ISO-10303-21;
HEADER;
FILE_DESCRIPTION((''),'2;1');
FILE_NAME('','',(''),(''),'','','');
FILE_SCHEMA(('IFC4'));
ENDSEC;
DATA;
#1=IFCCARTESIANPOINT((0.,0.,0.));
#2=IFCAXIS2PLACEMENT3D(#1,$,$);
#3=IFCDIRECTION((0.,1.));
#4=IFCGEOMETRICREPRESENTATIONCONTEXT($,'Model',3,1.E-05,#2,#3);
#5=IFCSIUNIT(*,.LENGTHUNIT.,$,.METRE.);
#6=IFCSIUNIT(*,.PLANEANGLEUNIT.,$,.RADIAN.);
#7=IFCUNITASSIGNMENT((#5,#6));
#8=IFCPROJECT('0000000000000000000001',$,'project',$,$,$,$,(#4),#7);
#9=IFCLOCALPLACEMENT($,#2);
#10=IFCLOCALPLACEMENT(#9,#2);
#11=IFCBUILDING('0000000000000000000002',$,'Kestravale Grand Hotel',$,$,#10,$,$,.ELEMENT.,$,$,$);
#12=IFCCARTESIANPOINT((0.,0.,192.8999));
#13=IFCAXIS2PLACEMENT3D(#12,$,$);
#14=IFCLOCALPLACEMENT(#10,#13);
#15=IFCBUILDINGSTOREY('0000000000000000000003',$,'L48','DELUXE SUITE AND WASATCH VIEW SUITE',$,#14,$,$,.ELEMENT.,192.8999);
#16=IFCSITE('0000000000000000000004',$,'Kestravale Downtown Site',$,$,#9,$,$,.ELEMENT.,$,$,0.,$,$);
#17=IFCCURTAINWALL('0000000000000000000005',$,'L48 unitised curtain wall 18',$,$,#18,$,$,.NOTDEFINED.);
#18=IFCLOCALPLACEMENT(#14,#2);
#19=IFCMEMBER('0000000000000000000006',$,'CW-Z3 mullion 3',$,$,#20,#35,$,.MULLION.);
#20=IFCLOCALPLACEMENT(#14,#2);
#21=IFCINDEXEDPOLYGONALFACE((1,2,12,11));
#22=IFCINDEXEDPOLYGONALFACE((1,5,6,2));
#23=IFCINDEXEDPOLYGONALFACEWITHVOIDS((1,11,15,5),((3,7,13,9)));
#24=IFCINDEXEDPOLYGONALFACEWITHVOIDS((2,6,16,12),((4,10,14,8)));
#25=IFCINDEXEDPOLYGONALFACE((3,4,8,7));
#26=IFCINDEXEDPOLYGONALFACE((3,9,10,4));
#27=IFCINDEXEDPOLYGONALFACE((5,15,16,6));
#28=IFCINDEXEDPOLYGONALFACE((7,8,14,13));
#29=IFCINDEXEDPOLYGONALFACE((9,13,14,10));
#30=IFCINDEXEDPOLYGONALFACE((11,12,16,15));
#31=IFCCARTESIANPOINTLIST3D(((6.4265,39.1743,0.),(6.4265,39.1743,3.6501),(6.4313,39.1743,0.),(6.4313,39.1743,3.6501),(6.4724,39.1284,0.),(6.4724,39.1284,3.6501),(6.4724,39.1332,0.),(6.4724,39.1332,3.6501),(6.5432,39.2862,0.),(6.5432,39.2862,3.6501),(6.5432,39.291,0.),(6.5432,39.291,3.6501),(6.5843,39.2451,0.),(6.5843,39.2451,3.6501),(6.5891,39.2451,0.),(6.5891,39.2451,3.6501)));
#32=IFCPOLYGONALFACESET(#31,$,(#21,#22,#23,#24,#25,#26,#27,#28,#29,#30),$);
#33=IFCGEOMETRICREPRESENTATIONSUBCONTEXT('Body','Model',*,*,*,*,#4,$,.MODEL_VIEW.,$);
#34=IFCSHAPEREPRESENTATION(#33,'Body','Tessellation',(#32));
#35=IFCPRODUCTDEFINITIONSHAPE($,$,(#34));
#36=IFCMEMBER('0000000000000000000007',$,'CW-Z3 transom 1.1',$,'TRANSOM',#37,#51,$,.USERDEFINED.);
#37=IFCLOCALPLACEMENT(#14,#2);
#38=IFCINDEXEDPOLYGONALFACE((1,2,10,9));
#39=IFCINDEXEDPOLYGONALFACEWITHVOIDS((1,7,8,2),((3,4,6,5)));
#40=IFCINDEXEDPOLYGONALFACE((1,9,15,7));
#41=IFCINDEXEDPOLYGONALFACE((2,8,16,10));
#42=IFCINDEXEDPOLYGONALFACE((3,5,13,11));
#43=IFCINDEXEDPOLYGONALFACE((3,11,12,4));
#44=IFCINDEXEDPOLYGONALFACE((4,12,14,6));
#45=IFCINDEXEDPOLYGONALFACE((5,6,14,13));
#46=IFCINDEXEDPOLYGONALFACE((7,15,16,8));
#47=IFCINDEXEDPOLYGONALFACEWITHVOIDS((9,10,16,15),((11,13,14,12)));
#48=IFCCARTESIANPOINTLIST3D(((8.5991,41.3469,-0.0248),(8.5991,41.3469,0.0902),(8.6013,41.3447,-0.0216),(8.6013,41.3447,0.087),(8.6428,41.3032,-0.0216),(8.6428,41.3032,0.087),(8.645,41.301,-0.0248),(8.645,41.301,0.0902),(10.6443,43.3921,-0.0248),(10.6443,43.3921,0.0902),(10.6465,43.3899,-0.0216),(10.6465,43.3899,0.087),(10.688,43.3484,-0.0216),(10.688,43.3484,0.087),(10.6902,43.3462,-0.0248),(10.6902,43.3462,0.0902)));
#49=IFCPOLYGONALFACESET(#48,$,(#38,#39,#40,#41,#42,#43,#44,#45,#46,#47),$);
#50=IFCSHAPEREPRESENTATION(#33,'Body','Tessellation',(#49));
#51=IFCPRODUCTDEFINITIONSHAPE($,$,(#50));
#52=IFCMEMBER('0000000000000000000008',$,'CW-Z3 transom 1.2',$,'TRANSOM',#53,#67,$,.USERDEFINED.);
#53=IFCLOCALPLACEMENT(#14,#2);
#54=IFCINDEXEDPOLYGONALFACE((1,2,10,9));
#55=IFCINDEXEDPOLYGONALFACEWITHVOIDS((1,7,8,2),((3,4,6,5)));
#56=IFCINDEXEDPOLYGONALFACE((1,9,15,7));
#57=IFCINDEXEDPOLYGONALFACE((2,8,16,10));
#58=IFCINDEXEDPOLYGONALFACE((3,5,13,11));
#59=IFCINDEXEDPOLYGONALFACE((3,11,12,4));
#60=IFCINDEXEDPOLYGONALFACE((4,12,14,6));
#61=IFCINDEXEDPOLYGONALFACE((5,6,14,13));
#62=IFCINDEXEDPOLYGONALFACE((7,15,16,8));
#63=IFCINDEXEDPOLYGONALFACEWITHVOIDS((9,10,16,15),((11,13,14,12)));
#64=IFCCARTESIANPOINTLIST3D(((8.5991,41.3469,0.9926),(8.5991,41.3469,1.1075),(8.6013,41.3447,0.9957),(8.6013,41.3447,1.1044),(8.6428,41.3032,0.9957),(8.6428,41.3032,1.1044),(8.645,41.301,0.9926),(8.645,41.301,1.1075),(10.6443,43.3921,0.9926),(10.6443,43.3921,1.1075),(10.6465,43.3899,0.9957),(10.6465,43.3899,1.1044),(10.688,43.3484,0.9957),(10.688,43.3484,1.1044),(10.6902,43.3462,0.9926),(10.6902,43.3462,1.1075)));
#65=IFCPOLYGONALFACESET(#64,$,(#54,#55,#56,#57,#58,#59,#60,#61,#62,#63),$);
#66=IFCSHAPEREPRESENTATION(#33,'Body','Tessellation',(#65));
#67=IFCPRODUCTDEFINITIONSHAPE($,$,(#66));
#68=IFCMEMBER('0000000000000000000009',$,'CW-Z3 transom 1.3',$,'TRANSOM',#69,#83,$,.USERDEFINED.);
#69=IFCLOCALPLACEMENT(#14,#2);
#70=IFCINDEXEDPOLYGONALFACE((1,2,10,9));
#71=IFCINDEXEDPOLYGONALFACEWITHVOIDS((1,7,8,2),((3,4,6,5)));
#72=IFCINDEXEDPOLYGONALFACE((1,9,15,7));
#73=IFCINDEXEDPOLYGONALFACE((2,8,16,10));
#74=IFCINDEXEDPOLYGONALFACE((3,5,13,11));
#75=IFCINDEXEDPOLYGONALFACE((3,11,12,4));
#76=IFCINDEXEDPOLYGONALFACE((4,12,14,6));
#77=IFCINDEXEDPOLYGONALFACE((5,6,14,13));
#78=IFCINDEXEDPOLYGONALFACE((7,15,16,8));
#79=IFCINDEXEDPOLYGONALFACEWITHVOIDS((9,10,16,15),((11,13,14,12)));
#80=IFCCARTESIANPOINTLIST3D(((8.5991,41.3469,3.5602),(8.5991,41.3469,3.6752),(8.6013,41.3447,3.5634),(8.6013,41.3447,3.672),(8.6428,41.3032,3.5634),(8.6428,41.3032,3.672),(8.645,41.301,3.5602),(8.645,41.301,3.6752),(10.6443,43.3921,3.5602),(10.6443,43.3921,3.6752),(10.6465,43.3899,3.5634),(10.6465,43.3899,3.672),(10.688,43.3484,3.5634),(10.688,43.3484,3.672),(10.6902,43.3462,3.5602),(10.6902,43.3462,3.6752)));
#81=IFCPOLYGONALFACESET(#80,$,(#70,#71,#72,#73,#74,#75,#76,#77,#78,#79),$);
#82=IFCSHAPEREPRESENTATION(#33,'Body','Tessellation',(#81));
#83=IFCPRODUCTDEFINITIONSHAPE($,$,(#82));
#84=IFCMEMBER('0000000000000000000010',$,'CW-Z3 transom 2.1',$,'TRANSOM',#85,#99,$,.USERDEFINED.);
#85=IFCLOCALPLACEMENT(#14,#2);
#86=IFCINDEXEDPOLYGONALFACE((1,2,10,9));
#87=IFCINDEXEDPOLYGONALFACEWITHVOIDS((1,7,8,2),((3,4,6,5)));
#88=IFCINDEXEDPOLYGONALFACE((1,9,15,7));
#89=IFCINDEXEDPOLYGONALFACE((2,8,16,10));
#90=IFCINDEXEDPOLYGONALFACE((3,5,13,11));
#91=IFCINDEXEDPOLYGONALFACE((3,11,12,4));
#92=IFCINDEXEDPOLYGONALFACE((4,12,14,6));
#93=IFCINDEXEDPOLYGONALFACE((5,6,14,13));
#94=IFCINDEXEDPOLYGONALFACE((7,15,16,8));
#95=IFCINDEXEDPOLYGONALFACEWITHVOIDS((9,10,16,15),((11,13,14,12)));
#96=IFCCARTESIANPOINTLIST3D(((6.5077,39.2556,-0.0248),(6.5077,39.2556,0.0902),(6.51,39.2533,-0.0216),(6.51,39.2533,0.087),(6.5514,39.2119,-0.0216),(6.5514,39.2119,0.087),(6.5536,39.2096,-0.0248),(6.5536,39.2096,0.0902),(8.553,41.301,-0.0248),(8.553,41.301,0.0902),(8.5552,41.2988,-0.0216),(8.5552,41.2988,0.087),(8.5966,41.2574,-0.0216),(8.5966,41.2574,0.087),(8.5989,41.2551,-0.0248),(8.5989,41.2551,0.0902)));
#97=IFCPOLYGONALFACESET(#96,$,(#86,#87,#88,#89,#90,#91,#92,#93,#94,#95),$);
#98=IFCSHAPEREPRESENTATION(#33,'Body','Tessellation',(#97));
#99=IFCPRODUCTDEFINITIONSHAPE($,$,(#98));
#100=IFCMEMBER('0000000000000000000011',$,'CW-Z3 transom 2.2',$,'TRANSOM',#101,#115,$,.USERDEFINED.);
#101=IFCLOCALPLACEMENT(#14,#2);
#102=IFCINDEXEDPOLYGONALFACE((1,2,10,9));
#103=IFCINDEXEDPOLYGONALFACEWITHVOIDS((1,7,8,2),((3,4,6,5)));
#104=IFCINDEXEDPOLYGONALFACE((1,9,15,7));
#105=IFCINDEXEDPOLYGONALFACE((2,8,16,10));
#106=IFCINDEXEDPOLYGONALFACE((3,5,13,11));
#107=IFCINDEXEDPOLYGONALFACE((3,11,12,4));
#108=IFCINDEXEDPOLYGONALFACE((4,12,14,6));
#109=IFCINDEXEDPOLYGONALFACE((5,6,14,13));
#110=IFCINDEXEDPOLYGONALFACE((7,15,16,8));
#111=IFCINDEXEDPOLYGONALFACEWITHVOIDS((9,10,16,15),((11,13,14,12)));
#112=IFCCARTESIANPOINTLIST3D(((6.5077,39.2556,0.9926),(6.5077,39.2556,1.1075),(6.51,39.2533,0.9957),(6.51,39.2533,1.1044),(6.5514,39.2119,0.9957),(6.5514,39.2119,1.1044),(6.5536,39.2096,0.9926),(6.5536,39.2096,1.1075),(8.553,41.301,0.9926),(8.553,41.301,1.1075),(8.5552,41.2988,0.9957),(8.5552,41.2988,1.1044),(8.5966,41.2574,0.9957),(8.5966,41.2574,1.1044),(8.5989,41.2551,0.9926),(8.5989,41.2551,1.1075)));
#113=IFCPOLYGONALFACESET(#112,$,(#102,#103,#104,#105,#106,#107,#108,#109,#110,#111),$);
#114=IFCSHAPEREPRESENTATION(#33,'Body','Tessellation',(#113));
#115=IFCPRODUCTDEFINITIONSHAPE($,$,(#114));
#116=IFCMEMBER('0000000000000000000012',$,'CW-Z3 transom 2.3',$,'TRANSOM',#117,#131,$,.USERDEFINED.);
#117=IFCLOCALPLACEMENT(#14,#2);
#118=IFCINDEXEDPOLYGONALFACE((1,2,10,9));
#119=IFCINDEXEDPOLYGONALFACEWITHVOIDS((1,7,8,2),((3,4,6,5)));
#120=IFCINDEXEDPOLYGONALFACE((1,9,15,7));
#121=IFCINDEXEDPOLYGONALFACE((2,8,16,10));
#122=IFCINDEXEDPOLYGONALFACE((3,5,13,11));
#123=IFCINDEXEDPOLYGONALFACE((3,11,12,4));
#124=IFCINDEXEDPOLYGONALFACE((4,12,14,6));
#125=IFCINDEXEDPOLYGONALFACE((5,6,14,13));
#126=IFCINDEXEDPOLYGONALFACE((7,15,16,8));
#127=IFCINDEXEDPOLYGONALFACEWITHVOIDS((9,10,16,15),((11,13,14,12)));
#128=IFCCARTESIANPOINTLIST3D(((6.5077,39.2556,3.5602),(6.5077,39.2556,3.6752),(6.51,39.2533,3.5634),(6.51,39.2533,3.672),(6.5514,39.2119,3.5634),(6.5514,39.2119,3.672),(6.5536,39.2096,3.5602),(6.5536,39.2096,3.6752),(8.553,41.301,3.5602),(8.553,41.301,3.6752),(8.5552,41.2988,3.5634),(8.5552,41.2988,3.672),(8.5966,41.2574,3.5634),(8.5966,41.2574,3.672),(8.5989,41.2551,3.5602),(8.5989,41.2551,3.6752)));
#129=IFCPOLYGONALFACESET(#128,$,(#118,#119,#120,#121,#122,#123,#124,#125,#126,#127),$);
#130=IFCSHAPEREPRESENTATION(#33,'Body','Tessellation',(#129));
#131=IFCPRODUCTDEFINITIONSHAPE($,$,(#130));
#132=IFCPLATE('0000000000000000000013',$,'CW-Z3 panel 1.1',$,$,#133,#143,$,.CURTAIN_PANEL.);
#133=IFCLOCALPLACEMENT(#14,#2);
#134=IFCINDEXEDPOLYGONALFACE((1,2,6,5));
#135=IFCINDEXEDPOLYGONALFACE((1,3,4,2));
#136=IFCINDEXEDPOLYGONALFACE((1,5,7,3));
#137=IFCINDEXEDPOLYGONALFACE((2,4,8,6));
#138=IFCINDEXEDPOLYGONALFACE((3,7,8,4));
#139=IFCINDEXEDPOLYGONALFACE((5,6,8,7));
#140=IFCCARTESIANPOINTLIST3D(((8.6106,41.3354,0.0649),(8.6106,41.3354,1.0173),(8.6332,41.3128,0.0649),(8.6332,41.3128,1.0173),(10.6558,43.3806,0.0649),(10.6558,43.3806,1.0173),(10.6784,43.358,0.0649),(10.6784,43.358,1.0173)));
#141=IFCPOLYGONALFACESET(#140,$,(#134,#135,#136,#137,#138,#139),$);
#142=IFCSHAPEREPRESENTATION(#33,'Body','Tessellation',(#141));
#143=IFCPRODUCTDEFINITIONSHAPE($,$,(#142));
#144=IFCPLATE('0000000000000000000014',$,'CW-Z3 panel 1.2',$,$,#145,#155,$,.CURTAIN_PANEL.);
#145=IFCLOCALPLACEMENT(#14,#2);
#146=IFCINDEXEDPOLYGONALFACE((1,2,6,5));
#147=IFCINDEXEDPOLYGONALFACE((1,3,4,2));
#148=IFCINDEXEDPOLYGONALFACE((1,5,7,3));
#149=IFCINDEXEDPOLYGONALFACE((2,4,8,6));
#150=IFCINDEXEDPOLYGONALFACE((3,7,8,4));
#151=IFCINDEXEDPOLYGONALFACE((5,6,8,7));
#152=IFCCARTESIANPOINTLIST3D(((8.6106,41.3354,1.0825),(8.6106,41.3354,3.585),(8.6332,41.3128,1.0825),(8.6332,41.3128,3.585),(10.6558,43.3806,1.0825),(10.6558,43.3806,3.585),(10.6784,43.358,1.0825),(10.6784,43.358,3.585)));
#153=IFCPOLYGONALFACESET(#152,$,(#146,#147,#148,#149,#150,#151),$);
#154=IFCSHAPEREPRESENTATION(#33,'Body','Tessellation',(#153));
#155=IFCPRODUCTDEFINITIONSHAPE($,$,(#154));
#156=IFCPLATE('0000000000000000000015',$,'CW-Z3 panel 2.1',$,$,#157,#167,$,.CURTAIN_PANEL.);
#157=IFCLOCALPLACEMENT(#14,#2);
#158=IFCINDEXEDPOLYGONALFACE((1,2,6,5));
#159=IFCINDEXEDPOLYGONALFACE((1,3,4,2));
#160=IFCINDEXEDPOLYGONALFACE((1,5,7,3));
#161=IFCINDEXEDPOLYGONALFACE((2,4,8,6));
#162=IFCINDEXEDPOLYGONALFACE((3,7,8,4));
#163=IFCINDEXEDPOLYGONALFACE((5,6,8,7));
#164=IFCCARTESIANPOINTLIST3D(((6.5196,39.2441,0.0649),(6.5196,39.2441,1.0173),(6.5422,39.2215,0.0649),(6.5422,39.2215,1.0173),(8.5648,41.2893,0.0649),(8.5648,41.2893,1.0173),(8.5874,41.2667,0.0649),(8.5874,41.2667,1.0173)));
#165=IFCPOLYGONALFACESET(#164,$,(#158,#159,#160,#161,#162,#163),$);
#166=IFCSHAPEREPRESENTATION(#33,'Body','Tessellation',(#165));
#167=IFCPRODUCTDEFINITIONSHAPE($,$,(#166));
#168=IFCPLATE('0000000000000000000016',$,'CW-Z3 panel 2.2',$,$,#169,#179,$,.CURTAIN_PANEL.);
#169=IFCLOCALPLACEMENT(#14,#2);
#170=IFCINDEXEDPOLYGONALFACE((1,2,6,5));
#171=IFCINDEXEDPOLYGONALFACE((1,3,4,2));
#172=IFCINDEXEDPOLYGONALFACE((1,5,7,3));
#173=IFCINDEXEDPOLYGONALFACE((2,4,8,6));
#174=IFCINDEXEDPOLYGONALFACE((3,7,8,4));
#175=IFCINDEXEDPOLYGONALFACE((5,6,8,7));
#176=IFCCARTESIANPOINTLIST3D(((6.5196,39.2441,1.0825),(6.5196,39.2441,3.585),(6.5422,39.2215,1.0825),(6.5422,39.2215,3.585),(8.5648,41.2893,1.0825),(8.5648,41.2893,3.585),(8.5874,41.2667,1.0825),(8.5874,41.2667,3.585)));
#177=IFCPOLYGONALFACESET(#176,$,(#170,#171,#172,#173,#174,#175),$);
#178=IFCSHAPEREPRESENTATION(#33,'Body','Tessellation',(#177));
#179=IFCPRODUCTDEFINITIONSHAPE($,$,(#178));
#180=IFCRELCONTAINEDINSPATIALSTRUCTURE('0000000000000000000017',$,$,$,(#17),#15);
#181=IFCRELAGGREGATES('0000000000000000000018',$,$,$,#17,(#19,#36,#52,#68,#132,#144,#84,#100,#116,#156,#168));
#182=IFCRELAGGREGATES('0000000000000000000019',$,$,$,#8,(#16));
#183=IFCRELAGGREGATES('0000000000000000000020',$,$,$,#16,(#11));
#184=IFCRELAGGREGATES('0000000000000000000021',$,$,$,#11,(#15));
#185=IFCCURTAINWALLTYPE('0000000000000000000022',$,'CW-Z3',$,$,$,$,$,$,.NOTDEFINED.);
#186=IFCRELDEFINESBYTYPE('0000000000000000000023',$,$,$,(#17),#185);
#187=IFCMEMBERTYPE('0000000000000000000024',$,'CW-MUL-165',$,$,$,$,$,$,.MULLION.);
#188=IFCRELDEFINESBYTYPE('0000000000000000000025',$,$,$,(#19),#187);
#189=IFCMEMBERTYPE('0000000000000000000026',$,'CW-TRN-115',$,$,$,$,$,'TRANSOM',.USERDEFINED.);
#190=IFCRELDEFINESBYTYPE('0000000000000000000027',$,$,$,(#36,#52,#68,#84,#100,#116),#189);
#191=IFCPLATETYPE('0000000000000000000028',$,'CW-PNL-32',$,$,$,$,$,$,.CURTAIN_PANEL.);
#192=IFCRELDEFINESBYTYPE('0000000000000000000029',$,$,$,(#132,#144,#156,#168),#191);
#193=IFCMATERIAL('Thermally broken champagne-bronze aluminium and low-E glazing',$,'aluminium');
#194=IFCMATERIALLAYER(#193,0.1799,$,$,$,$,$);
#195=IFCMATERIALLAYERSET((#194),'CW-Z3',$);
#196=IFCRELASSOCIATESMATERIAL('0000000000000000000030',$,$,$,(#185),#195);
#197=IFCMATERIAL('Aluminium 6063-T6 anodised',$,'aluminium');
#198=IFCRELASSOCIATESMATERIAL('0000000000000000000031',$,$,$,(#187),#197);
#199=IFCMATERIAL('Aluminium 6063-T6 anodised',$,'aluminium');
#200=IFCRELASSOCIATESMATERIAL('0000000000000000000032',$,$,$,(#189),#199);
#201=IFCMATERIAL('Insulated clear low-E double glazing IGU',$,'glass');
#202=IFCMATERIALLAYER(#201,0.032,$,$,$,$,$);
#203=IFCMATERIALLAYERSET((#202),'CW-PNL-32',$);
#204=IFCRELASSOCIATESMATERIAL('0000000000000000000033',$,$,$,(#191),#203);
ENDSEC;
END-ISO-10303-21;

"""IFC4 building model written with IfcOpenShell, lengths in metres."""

from ifc_helpers import new_model, si_unit, direction, frame, origin, origin_2d, place, context, subcontext, project, spatial, rectangle, hollow_rectangle, extrude, material, layer, layer_set, material_profile, profile_set, type_object, element, aggregate, save


model = new_model("IFC4")

# Units and contexts
model_context = context("Model", 3, precision=1e-05, world=origin(), true_north=direction((0.0, 1.0)))
body_context = subcontext(model_context, "Body", "Model", "MODEL_VIEW")
ifc_project = project(units=[si_unit("LENGTHUNIT", "METRE"), si_unit("PLANEANGLEUNIT", "RADIAN")], contexts=[model_context])

# Site, building, storey
site_placement = place(None, origin())
site = spatial("IfcSite", under=ifc_project, at=site_placement, Name="Kestravale Downtown Site", CompositionType="ELEMENT", RefElevation=0.0)
building_placement = place(site_placement, origin())
building = spatial("IfcBuilding", under=site, at=building_placement, Name="Kestravale Grand Hotel", CompositionType="ELEMENT")
storey_placement = place(building_placement, frame((0.0, 0.0, 192.8999)))
storey = spatial("IfcBuildingStorey", under=building, at=storey_placement, Name="L48", Description="DELUXE SUITE AND WASATCH VIEW SUITE", CompositionType="ELEMENT", Elevation=192.8999)

# Curtain wall, members, plates
ifc_material_1 = material(Name="Thermally broken champagne-bronze aluminium and low-E glazing", Category="aluminium")
ifc_layer_1 = layer(ifc_material_1, 0.1799)
ifc_layer_set_1 = layer_set([ifc_layer_1], Name="CW-Z3")
curtain_wall_type = type_object("IfcCurtainWallType", Name="CW-Z3", PredefinedType="NOTDEFINED", material=ifc_layer_set_1)
curtain_wall_placement = place(storey_placement, origin())
curtain_wall = element("IfcCurtainWall", 1, at=curtain_wall_placement, inside=storey, type_object=curtain_wall_type, Name="L48 unitised curtain wall 18", PredefinedType="NOTDEFINED")
ifc_material_2 = material(Name="Aluminium 6063-T6 anodised", Category="aluminium")
ifc_material_profile_1 = material_profile(ifc_material_2, hollow_rectangle(XDim=0.0649, YDim=0.165, WallThickness=0.0034, at=origin_2d()))
ifc_profile_set_1 = profile_set([ifc_material_profile_1], Name="Aluminium 6063-T6 anodised")
member_type_1 = type_object("IfcMemberType", Name="CW-MUL-165", PredefinedType="MULLION", material=ifc_profile_set_1)
member_1_placement = place(storey_placement, frame((6.5078, 39.2097, 0.0), z_axis=(0.0, 0.0, 1.0), x_axis=(0.707107, -0.707107, 0.0)))
member_1 = element("IfcMember", 2, at=member_1_placement, type_object=member_type_1, Name="CW-Z3 mullion 3", PredefinedType="MULLION", context=body_context, shape_type="SweptSolid", body=[
    extrude(hollow_rectangle(XDim=0.0649, YDim=0.165, WallThickness=0.0034, at=origin_2d()), origin(), (0.0, 0.0, 1.0), 3.6501),
])
ifc_material_3 = material(Name="Aluminium 6063-T6 anodised", Category="aluminium")
ifc_material_profile_2 = material_profile(ifc_material_3, hollow_rectangle(XDim=0.0649, YDim=0.115, WallThickness=0.0032, at=origin_2d()))
ifc_profile_set_2 = profile_set([ifc_material_profile_2], Name="Aluminium 6063-T6 anodised")
member_type_2 = type_object("IfcMemberType", Name="CW-TRN-115", ElementType="TRANSOM", PredefinedType="USERDEFINED", material=ifc_profile_set_2)
member_2_placement = place(storey_placement, frame((10.6672, 43.3691, 0.0327), z_axis=(-0.707107, -0.707107, 0.0), x_axis=(0.707107, -0.707107, 0.0)))
member_2 = element("IfcMember", 3, at=member_2_placement, type_object=member_type_2, Name="CW-Z3 transom 1.1", ObjectType="TRANSOM", PredefinedType="USERDEFINED", context=body_context, shape_type="SweptSolid", body=[
    extrude(hollow_rectangle(XDim=0.0649, YDim=0.115, WallThickness=0.0032, at=origin_2d()), origin(), (0.0, 0.0, 1.0), 2.8923),
])
member_3_placement = place(storey_placement, frame((10.6672, 43.3691, 1.05), z_axis=(-0.707107, -0.707107, 0.0), x_axis=(0.707107, -0.707107, 0.0)))
member_3 = element("IfcMember", 4, at=member_3_placement, type_object=member_type_2, Name="CW-Z3 transom 1.2", ObjectType="TRANSOM", PredefinedType="USERDEFINED", context=body_context, shape_type="SweptSolid", body=[
    extrude(hollow_rectangle(XDim=0.0649, YDim=0.115, WallThickness=0.0032, at=origin_2d()), origin(), (0.0, 0.0, 1.0), 2.8923),
])
member_4_placement = place(storey_placement, frame((10.6672, 43.3691, 3.6177), z_axis=(-0.707107, -0.707107, 0.0), x_axis=(0.707107, -0.707107, 0.0)))
member_4 = element("IfcMember", 5, at=member_4_placement, type_object=member_type_2, Name="CW-Z3 transom 1.3", ObjectType="TRANSOM", PredefinedType="USERDEFINED", context=body_context, shape_type="SweptSolid", body=[
    extrude(hollow_rectangle(XDim=0.0649, YDim=0.115, WallThickness=0.0032, at=origin_2d()), origin(), (0.0, 0.0, 1.0), 2.8923),
])
member_5_placement = place(storey_placement, frame((8.5759, 41.2781, 0.0327), z_axis=(-0.707065, -0.707149, 0.0), x_axis=(0.707149, -0.707065, 0.0)))
member_5 = element("IfcMember", 6, at=member_5_placement, type_object=member_type_2, Name="CW-Z3 transom 2.1", ObjectType="TRANSOM", PredefinedType="USERDEFINED", context=body_context, shape_type="SweptSolid", body=[
    extrude(hollow_rectangle(XDim=0.0649, YDim=0.115, WallThickness=0.0032, at=origin_2d()), origin(), (0.0, 0.0, 1.0), 2.8926),
])
member_6_placement = place(storey_placement, frame((8.5759, 41.2781, 1.05), z_axis=(-0.707065, -0.707149, 0.0), x_axis=(0.707149, -0.707065, 0.0)))
member_6 = element("IfcMember", 7, at=member_6_placement, type_object=member_type_2, Name="CW-Z3 transom 2.2", ObjectType="TRANSOM", PredefinedType="USERDEFINED", context=body_context, shape_type="SweptSolid", body=[
    extrude(hollow_rectangle(XDim=0.0649, YDim=0.115, WallThickness=0.0032, at=origin_2d()), origin(), (0.0, 0.0, 1.0), 2.8926),
])
member_7_placement = place(storey_placement, frame((8.5759, 41.2781, 3.6177), z_axis=(-0.707065, -0.707149, 0.0), x_axis=(0.707149, -0.707065, 0.0)))
member_7 = element("IfcMember", 8, at=member_7_placement, type_object=member_type_2, Name="CW-Z3 transom 2.3", ObjectType="TRANSOM", PredefinedType="USERDEFINED", context=body_context, shape_type="SweptSolid", body=[
    extrude(hollow_rectangle(XDim=0.0649, YDim=0.115, WallThickness=0.0032, at=origin_2d()), origin(), (0.0, 0.0, 1.0), 2.8926),
])
ifc_material_4 = material(Name="Insulated clear low-E double glazing IGU", Category="glass")
ifc_layer_2 = layer(ifc_material_4, 0.032)
ifc_layer_set_2 = layer_set([ifc_layer_2], Name="CW-PNL-32")
plate_type = type_object("IfcPlateType", Name="CW-PNL-32", PredefinedType="CURTAIN_PANEL", material=ifc_layer_set_2)
plate_1_placement = place(storey_placement, frame((9.6445, 42.3467, 0.0649), z_axis=(0.0, 0.0, 1.0), x_axis=(-0.707107, -0.707107, 0.0)))
plate_1 = element("IfcPlate", 9, at=plate_1_placement, type_object=plate_type, Name="CW-Z3 panel 1.1", PredefinedType="CURTAIN_PANEL", context=body_context, shape_type="SweptSolid", body=[
    extrude(rectangle(XDim=2.8923, YDim=0.032, at=origin_2d()), origin(), (0.0, 0.0, 1.0), 0.9524),
])
plate_2_placement = place(storey_placement, frame((9.6445, 42.3467, 1.0825), z_axis=(0.0, 0.0, 1.0), x_axis=(-0.707107, -0.707107, 0.0)))
plate_2 = element("IfcPlate", 10, at=plate_2_placement, type_object=plate_type, Name="CW-Z3 panel 1.2", PredefinedType="CURTAIN_PANEL", context=body_context, shape_type="SweptSolid", body=[
    extrude(rectangle(XDim=2.8923, YDim=0.032, at=origin_2d()), origin(), (0.0, 0.0, 1.0), 2.5024),
])
plate_3_placement = place(storey_placement, frame((7.5535, 40.2554, 0.0649), z_axis=(0.0, 0.0, 1.0), x_axis=(-0.707107, -0.707107, 0.0)))
plate_3 = element("IfcPlate", 11, at=plate_3_placement, type_object=plate_type, Name="CW-Z3 panel 2.1", PredefinedType="CURTAIN_PANEL", context=body_context, shape_type="SweptSolid", body=[
    extrude(rectangle(XDim=2.8923, YDim=0.032, at=origin_2d()), origin(), (0.0, 0.0, 1.0), 0.9524),
])
plate_4_placement = place(storey_placement, frame((7.5535, 40.2554, 1.0825), z_axis=(0.0, 0.0, 1.0), x_axis=(-0.707107, -0.707107, 0.0)))
plate_4 = element("IfcPlate", 12, at=plate_4_placement, type_object=plate_type, Name="CW-Z3 panel 2.2", PredefinedType="CURTAIN_PANEL", context=body_context, shape_type="SweptSolid", body=[
    extrude(rectangle(XDim=2.8923, YDim=0.032, at=origin_2d()), origin(), (0.0, 0.0, 1.0), 2.5024),
])
aggregate(curtain_wall, [member_1, member_2, member_3, member_4, plate_1, plate_2, member_5, member_6, member_7, plate_3, plate_4])

save(model, "model.ifc")
